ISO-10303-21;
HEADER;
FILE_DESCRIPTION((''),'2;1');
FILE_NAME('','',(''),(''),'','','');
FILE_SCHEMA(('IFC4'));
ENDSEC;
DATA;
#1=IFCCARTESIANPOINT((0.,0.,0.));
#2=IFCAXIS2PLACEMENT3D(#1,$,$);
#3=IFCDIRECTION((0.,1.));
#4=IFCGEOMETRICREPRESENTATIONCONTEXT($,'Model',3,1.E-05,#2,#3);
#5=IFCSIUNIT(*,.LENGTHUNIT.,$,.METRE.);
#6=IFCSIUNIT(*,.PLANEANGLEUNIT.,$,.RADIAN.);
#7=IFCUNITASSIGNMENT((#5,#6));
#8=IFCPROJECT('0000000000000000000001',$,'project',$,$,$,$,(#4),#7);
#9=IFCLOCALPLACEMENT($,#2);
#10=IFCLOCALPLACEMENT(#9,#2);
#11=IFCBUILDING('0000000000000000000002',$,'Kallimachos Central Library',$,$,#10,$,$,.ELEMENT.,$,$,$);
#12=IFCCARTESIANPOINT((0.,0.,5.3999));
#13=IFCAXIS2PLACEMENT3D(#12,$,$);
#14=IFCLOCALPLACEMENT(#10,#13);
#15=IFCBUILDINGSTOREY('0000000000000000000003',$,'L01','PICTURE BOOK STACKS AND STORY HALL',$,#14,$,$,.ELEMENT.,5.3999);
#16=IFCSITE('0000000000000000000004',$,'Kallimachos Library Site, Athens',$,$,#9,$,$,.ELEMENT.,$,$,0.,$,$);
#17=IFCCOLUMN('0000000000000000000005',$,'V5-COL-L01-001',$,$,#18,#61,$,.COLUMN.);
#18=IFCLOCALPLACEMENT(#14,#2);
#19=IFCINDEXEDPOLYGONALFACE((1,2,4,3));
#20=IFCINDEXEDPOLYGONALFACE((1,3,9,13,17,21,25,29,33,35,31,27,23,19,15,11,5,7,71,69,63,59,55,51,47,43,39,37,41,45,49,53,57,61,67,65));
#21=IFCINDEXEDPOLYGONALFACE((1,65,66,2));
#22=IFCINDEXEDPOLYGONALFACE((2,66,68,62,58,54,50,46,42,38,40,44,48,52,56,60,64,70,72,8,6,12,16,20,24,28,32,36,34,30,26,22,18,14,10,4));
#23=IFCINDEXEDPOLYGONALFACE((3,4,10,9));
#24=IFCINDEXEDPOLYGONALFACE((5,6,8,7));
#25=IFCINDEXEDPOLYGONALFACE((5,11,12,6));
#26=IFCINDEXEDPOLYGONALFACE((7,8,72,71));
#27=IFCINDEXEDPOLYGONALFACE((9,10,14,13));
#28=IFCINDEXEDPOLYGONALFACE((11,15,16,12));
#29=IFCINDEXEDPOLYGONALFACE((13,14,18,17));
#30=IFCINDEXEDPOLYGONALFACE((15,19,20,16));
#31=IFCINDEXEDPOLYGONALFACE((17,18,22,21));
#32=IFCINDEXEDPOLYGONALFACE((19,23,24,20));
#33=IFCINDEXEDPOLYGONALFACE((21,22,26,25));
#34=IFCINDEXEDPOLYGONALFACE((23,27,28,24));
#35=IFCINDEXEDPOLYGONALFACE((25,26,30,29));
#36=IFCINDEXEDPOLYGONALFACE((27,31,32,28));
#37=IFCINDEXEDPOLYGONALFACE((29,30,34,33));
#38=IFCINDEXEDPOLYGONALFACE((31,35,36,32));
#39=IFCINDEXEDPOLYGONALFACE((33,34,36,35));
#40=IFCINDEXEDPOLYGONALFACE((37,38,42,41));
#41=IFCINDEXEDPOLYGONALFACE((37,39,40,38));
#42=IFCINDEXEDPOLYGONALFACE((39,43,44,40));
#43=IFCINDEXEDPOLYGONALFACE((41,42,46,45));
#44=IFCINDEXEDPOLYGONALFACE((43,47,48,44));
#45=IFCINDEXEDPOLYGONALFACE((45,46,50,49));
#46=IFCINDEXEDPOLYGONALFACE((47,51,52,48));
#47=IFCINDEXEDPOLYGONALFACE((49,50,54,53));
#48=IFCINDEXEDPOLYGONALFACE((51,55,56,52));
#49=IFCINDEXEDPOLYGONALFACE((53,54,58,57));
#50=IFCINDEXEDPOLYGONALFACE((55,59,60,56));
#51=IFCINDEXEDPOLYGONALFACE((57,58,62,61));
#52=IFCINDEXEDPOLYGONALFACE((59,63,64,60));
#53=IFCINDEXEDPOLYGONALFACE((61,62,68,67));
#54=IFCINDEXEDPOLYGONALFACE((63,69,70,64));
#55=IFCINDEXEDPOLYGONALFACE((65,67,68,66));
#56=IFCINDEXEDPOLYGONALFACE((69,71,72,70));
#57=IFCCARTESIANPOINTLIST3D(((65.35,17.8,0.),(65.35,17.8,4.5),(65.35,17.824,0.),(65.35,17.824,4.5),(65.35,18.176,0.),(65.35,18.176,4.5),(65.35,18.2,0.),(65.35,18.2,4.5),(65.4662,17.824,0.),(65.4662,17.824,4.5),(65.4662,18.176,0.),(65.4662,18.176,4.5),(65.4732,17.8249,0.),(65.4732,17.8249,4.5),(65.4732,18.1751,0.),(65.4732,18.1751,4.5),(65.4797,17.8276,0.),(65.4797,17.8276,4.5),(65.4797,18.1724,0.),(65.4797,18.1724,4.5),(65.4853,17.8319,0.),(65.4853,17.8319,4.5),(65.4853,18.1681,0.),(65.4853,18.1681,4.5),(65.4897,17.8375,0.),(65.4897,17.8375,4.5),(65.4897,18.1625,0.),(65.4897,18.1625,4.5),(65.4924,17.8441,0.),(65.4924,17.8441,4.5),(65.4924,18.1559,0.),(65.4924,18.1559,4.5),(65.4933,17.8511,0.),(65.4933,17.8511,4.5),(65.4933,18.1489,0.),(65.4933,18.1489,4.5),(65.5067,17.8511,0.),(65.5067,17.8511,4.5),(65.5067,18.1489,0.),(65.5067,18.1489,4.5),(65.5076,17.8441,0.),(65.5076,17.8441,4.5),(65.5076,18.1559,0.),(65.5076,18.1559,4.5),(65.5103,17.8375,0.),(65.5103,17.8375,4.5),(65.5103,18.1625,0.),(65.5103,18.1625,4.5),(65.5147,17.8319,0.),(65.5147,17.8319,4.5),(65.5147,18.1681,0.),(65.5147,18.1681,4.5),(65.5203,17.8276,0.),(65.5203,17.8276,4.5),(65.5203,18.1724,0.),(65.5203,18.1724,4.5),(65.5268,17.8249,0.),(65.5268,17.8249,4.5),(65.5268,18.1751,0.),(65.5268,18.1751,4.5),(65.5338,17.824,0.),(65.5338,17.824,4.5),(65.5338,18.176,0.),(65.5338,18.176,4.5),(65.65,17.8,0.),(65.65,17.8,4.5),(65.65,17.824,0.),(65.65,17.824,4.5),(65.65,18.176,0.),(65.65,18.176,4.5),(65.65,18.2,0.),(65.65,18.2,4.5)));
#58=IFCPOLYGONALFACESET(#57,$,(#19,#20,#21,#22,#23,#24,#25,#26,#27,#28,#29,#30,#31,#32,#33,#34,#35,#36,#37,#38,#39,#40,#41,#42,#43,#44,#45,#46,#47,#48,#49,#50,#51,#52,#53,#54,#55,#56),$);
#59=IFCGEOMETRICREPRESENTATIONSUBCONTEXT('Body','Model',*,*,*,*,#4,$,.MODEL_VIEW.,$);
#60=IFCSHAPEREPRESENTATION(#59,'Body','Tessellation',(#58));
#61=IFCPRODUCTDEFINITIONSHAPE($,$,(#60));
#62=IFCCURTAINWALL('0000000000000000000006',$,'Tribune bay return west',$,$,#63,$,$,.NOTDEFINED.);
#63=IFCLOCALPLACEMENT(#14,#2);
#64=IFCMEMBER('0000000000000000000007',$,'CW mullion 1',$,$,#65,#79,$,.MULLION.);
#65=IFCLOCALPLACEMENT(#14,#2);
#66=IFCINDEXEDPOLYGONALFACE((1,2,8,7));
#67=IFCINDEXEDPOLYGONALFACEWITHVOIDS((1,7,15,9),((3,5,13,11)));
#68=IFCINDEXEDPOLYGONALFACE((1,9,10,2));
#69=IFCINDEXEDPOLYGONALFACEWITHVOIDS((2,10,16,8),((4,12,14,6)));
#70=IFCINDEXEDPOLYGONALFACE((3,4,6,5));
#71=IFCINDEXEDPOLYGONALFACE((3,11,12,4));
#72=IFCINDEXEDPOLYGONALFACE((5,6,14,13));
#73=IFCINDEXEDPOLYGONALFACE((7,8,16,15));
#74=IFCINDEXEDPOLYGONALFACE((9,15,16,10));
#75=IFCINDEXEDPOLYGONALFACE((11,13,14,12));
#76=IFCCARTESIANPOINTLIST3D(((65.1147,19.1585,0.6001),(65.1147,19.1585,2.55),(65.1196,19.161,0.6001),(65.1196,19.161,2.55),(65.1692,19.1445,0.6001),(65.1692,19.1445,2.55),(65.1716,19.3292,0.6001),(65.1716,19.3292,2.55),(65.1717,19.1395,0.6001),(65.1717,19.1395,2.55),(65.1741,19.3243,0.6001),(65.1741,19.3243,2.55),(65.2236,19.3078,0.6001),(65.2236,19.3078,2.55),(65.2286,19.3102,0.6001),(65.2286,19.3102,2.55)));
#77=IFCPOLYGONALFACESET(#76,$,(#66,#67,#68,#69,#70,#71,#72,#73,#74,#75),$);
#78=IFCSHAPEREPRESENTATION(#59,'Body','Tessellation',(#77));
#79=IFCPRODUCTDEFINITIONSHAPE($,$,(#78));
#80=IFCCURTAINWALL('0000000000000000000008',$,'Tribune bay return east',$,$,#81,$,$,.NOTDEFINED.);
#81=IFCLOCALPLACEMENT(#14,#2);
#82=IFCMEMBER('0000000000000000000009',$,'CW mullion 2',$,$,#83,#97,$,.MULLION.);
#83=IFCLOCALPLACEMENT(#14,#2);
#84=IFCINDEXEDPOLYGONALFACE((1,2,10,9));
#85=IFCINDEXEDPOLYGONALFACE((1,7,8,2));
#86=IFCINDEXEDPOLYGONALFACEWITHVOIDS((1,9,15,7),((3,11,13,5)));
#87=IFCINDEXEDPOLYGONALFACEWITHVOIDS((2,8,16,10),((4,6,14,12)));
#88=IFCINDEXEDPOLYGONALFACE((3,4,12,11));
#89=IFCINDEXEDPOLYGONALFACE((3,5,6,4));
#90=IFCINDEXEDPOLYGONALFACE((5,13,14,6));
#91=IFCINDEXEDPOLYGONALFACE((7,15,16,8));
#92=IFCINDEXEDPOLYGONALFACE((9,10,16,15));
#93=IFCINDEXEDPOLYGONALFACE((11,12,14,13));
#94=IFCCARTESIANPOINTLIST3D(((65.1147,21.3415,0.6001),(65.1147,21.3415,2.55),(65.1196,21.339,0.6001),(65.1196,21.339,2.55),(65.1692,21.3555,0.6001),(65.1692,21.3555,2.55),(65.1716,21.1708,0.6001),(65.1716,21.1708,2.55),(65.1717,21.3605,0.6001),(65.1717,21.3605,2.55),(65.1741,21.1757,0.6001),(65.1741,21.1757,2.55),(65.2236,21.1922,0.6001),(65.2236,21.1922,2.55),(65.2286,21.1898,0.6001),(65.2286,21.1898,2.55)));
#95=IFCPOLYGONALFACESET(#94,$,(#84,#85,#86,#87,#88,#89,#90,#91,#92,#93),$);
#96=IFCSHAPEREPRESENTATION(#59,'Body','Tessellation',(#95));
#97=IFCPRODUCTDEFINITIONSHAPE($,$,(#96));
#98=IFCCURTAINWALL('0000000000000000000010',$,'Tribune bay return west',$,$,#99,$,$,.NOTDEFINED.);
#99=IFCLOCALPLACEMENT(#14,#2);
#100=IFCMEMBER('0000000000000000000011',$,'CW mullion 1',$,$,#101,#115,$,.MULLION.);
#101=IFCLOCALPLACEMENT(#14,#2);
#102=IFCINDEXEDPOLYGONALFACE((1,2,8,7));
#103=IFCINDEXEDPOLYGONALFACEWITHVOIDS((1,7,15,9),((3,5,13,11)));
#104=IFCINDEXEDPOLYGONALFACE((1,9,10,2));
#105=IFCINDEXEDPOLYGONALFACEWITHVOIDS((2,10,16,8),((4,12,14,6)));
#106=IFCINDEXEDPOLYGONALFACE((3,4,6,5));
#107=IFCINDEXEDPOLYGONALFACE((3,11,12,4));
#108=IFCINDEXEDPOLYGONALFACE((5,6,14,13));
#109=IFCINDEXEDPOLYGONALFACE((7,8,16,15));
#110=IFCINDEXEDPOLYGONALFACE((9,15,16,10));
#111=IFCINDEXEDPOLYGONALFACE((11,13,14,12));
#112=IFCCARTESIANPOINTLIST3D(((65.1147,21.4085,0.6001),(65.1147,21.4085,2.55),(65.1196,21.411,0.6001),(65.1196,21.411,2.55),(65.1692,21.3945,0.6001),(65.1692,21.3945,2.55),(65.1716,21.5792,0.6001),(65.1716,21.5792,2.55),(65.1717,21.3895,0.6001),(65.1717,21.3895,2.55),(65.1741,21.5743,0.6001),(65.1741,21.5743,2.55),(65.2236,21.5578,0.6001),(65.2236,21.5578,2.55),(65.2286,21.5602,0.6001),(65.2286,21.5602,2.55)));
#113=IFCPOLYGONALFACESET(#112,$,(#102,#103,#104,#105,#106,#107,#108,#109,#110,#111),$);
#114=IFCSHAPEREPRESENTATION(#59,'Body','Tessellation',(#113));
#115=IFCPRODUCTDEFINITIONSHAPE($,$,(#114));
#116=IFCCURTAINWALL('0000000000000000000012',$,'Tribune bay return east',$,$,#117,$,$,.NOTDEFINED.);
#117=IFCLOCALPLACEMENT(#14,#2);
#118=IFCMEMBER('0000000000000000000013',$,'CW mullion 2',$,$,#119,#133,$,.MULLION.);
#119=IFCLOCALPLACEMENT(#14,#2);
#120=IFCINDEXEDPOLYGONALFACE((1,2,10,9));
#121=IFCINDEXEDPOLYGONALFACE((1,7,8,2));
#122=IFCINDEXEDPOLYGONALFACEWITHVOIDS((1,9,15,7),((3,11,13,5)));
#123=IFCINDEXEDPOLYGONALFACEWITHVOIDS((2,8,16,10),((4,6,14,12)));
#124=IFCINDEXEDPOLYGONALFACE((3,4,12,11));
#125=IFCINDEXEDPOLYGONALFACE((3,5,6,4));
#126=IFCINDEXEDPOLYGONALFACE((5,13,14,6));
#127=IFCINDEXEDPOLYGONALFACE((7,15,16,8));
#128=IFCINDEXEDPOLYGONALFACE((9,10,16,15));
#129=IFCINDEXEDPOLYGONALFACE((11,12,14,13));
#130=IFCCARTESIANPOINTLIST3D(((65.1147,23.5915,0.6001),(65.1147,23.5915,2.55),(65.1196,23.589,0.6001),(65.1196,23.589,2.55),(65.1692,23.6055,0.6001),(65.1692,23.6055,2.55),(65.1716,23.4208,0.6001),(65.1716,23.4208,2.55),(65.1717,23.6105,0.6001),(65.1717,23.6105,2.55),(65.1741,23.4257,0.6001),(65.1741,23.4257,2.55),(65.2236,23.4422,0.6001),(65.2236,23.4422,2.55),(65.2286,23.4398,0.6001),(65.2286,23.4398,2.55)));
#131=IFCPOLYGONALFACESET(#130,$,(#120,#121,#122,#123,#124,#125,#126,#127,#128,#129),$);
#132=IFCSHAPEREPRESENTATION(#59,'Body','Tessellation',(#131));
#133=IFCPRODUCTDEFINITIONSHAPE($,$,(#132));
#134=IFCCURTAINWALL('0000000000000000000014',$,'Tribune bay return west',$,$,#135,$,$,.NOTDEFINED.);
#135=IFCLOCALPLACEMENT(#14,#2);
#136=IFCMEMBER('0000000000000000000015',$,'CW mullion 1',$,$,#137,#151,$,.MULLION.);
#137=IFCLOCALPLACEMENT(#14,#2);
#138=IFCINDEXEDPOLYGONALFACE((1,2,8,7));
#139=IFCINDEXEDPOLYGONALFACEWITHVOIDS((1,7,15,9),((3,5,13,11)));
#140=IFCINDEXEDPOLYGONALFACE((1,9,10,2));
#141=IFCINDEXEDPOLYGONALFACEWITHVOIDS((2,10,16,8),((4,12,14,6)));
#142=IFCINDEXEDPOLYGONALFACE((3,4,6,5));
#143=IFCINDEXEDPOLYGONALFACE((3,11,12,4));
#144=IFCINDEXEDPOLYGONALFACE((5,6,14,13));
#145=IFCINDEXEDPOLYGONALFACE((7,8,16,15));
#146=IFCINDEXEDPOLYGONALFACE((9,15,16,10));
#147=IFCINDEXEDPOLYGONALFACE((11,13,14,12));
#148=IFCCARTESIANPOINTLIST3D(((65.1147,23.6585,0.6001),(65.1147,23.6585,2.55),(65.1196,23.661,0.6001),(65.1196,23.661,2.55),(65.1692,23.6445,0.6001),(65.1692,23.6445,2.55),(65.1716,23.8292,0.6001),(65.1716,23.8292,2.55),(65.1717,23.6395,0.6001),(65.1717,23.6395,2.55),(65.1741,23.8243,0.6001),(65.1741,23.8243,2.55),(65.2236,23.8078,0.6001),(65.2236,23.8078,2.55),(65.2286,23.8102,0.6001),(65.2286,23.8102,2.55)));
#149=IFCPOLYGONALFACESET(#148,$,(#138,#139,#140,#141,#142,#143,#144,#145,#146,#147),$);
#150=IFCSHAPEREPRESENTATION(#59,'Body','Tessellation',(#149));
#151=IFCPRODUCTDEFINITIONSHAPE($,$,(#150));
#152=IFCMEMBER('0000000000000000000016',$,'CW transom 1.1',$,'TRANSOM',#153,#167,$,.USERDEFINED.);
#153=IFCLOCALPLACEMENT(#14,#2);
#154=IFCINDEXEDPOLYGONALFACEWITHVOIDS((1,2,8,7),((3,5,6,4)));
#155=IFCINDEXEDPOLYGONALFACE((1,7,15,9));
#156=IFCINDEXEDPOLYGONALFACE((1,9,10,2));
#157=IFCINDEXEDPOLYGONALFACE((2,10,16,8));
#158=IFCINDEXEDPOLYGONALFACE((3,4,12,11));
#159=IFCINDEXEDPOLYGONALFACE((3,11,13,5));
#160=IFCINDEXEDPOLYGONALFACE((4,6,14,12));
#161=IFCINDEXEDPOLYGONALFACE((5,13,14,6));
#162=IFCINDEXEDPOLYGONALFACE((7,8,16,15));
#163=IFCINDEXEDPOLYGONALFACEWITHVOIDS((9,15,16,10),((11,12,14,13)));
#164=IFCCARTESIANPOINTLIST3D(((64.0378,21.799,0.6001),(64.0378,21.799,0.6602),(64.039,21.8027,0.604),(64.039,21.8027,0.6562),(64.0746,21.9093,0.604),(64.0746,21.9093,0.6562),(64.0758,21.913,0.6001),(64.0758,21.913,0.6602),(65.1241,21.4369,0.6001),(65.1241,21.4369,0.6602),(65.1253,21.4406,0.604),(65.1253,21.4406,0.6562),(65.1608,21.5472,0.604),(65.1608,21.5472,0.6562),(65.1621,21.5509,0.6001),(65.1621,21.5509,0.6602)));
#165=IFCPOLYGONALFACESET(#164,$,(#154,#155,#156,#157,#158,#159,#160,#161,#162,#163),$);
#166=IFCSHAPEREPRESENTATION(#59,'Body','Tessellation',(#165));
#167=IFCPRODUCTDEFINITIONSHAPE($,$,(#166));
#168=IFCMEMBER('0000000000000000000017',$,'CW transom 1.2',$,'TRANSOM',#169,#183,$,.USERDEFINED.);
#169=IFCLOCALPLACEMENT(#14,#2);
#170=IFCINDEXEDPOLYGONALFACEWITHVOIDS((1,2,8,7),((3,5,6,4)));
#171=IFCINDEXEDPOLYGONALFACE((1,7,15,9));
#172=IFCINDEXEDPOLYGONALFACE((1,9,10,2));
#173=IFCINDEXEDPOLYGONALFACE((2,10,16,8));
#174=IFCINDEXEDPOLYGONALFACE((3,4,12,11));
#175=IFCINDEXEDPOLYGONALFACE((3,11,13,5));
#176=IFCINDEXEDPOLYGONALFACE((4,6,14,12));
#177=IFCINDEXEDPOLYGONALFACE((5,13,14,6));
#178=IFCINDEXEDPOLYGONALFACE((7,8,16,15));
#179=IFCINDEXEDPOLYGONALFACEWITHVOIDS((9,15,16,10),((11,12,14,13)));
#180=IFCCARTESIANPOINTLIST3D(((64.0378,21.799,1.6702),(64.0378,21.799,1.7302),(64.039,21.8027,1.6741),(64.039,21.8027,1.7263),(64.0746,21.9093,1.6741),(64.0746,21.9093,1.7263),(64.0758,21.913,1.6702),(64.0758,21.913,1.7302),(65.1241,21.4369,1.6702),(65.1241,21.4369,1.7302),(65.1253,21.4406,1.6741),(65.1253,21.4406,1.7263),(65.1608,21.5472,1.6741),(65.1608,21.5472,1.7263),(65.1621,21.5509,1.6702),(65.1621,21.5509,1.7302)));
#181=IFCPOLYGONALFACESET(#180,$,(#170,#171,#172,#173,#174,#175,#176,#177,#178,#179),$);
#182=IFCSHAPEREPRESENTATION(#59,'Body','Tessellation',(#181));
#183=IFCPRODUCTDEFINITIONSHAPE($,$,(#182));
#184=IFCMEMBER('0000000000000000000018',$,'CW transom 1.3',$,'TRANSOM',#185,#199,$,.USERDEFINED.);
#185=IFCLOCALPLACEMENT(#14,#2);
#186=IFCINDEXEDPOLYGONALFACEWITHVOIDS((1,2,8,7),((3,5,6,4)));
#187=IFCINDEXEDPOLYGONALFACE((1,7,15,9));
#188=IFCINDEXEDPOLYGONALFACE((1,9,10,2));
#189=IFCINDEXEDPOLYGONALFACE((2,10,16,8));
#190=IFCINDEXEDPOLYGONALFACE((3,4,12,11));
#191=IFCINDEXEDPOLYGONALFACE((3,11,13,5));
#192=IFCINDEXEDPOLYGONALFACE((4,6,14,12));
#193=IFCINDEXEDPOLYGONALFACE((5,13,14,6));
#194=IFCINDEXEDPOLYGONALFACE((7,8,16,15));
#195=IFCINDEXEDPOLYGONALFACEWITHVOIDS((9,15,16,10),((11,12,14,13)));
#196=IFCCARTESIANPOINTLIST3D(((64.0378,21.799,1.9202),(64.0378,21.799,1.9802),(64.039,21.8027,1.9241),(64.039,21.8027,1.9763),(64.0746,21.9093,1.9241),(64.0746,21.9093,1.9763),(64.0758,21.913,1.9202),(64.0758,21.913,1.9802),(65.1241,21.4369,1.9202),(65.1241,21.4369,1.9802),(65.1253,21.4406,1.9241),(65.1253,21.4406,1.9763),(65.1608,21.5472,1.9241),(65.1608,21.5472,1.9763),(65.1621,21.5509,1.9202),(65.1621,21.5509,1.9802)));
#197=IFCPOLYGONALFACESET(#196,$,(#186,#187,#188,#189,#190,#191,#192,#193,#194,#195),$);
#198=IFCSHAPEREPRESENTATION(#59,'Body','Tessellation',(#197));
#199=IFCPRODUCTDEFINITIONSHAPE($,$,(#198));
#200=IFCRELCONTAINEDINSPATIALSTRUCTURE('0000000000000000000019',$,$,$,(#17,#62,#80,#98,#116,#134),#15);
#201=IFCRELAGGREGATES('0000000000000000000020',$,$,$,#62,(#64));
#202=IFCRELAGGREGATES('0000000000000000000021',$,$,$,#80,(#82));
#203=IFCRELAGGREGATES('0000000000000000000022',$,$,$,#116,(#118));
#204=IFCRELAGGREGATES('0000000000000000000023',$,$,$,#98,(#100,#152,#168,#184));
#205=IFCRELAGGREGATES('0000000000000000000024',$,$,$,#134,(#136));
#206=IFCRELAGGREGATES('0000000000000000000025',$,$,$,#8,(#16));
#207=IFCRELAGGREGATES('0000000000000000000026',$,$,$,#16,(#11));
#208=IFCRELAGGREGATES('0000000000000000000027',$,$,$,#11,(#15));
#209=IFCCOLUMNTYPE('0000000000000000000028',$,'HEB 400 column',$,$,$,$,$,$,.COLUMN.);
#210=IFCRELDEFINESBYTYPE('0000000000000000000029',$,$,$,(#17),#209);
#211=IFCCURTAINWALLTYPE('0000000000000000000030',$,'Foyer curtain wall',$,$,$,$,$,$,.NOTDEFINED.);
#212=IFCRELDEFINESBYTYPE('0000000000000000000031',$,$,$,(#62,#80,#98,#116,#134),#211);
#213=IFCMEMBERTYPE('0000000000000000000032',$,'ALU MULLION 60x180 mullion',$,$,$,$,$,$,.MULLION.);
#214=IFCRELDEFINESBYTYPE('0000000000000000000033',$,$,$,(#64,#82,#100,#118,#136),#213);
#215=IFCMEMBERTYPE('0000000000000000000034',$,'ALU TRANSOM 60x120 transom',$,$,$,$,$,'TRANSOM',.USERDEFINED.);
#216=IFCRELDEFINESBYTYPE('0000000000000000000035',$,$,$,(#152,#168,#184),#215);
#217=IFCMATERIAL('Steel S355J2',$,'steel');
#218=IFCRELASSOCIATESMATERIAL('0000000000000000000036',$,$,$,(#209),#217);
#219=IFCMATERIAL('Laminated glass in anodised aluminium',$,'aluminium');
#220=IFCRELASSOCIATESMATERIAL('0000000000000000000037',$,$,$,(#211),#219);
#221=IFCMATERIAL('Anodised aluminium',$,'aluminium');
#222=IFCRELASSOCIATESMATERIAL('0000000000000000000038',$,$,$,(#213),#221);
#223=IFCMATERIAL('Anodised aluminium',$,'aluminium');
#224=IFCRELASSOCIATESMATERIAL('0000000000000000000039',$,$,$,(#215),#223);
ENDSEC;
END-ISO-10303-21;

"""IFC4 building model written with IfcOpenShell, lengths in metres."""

from ifc_helpers import new_model, si_unit, direction, frame, origin, origin_2d, place, context, subcontext, project, spatial, hollow_rectangle, i_section, extrude, material, material_profile, profile_set, type_object, element, aggregate, save


model = new_model("IFC4")

# Units and contexts
model_context = context("Model", 3, precision=1e-05, world=origin(), true_north=direction((0.0, 1.0)))
body_context = subcontext(model_context, "Body", "Model", "MODEL_VIEW")
ifc_project = project(units=[si_unit("LENGTHUNIT", "METRE"), si_unit("PLANEANGLEUNIT", "RADIAN")], contexts=[model_context])

# Site, building, storey
site_placement = place(None, origin())
site = spatial("IfcSite", under=ifc_project, at=site_placement, Name="Kallimachos Library Site, Athens", CompositionType="ELEMENT", RefElevation=0.0)
building_placement = place(site_placement, origin())
building = spatial("IfcBuilding", under=site, at=building_placement, Name="Kallimachos Central Library", CompositionType="ELEMENT")
storey_placement = place(building_placement, frame((0.0, 0.0, 5.3999)))
storey = spatial("IfcBuildingStorey", under=building, at=storey_placement, Name="L01", Description="PICTURE BOOK STACKS AND STORY HALL", CompositionType="ELEMENT", Elevation=5.3999)

# Column
ifc_material_1 = material(Name="Steel S355J2", Category="steel")
ifc_material_profile_1 = material_profile(ifc_material_1, i_section(OverallWidth=0.3, OverallDepth=0.3999, WebThickness=0.0134, FlangeThickness=0.0239, FilletRadius=0.0271, at=origin_2d()), Name="HEB 400")
ifc_profile_set_1 = profile_set([ifc_material_profile_1], Name="Steel S355J2")
column_type = type_object("IfcColumnType", Name="HEB 400 column", PredefinedType="COLUMN", material=ifc_profile_set_1)
column_placement = place(storey_placement, frame((65.5, 18.0, 0.0), z_axis=(0.0, 0.0, 1.0), x_axis=(1.0, 0.0, 0.0)))
element("IfcColumn", 1, at=column_placement, inside=storey, type_object=column_type, Name="V5-COL-L01-001", PredefinedType="COLUMN", context=body_context, shape_type="SweptSolid", body=[
    extrude(i_section(OverallWidth=0.3, OverallDepth=0.3999, WebThickness=0.0134, FlangeThickness=0.0239, FilletRadius=0.0271, at=origin_2d()), origin(), (0.0, 0.0, 1.0), 4.5),
])

# Curtain walls, members
ifc_material_2 = material(Name="Laminated glass in anodised aluminium", Category="aluminium")
curtain_wall_type = type_object("IfcCurtainWallType", Name="Foyer curtain wall", PredefinedType="NOTDEFINED", material=ifc_material_2)
curtain_wall_1_placement = place(storey_placement, origin())
curtain_wall_1 = element("IfcCurtainWall", 2, at=curtain_wall_1_placement, inside=storey, type_object=curtain_wall_type, Name="Tribune bay return west", PredefinedType="NOTDEFINED")
ifc_material_3 = material(Name="Anodised aluminium", Category="aluminium")
ifc_material_profile_2 = material_profile(ifc_material_3, hollow_rectangle(XDim=0.0601, YDim=0.1799, WallThickness=0.0039, at=origin_2d()), Name="ALU MULLION 60x180")
ifc_profile_set_2 = profile_set([ifc_material_profile_2], Name="Anodised aluminium")
member_type_1 = type_object("IfcMemberType", Name="ALU MULLION 60x180 mullion", PredefinedType="MULLION", material=ifc_profile_set_2)
member_1_placement = place(storey_placement, frame((65.1716, 19.2344, 0.6001), z_axis=(0.0, 0.0, 1.0), x_axis=(-0.948683, 0.316228, 0.0)))
member_1 = element("IfcMember", 3, at=member_1_placement, type_object=member_type_1, Name="CW mullion 1", PredefinedType="MULLION", context=body_context, shape_type="SweptSolid", body=[
    extrude(hollow_rectangle(XDim=0.0601, YDim=0.1799, WallThickness=0.0039, at=origin_2d()), origin(), (0.0, 0.0, 1.0), 1.95),
])
aggregate(curtain_wall_1, [member_1])
curtain_wall_2_placement = place(storey_placement, origin())
curtain_wall_2 = element("IfcCurtainWall", 4, at=curtain_wall_2_placement, inside=storey, type_object=curtain_wall_type, Name="Tribune bay return east", PredefinedType="NOTDEFINED")
member_2_placement = place(storey_placement, frame((65.1716, 21.2656, 0.6001), z_axis=(0.0, 0.0, 1.0), x_axis=(0.948683, 0.316228, 0.0)))
member_2 = element("IfcMember", 5, at=member_2_placement, type_object=member_type_1, Name="CW mullion 2", PredefinedType="MULLION", context=body_context, shape_type="SweptSolid", body=[
    extrude(hollow_rectangle(XDim=0.0601, YDim=0.1799, WallThickness=0.0039, at=origin_2d()), origin(), (0.0, 0.0, 1.0), 1.95),
])
aggregate(curtain_wall_2, [member_2])
curtain_wall_3_placement = place(storey_placement, origin())
curtain_wall_3 = element("IfcCurtainWall", 6, at=curtain_wall_3_placement, inside=storey, type_object=curtain_wall_type, Name="Tribune bay return west", PredefinedType="NOTDEFINED")
member_3_placement = place(storey_placement, frame((65.1716, 21.4844, 0.6001), z_axis=(0.0, 0.0, 1.0), x_axis=(-0.948683, 0.316228, 0.0)))
member_3 = element("IfcMember", 7, at=member_3_placement, type_object=member_type_1, Name="CW mullion 1", PredefinedType="MULLION", context=body_context, shape_type="SweptSolid", body=[
    extrude(hollow_rectangle(XDim=0.0601, YDim=0.1799, WallThickness=0.0039, at=origin_2d()), origin(), (0.0, 0.0, 1.0), 1.95),
])
curtain_wall_4_placement = place(storey_placement, origin())
curtain_wall_4 = element("IfcCurtainWall", 8, at=curtain_wall_4_placement, inside=storey, type_object=curtain_wall_type, Name="Tribune bay return east", PredefinedType="NOTDEFINED")
member_4_placement = place(storey_placement, frame((65.1716, 23.5156, 0.6001), z_axis=(0.0, 0.0, 1.0), x_axis=(0.948683, 0.316228, 0.0)))
member_4 = element("IfcMember", 9, at=member_4_placement, type_object=member_type_1, Name="CW mullion 2", PredefinedType="MULLION", context=body_context, shape_type="SweptSolid", body=[
    extrude(hollow_rectangle(XDim=0.0601, YDim=0.1799, WallThickness=0.0039, at=origin_2d()), origin(), (0.0, 0.0, 1.0), 1.95),
])
aggregate(curtain_wall_4, [member_4])
curtain_wall_5_placement = place(storey_placement, origin())
curtain_wall_5 = element("IfcCurtainWall", 10, at=curtain_wall_5_placement, inside=storey, type_object=curtain_wall_type, Name="Tribune bay return west", PredefinedType="NOTDEFINED")
member_5_placement = place(storey_placement, frame((65.1716, 23.7344, 0.6001), z_axis=(0.0, 0.0, 1.0), x_axis=(-0.948683, 0.316228, 0.0)))
member_5 = element("IfcMember", 11, at=member_5_placement, type_object=member_type_1, Name="CW mullion 1", PredefinedType="MULLION", context=body_context, shape_type="SweptSolid", body=[
    extrude(hollow_rectangle(XDim=0.0601, YDim=0.1799, WallThickness=0.0039, at=origin_2d()), origin(), (0.0, 0.0, 1.0), 1.95),
])

# Members
ifc_material_4 = material(Name="Anodised aluminium", Category="aluminium")
ifc_material_profile_3 = material_profile(ifc_material_4, hollow_rectangle(XDim=0.0601, YDim=0.1201, WallThickness=0.0039, at=origin_2d()), Name="ALU TRANSOM 60x120")
ifc_profile_set_3 = profile_set([ifc_material_profile_3], Name="Anodised aluminium")
member_type_2 = type_object("IfcMemberType", Name="ALU TRANSOM 60x120 transom", ElementType="TRANSOM", PredefinedType="USERDEFINED", material=ifc_profile_set_3)
member_6_placement = place(storey_placement, frame((65.1431, 21.4939, 0.6301), z_axis=(-0.948683, 0.316228, 0.0), x_axis=(0.0, 0.0, 1.0)))
member_6 = element("IfcMember", 12, at=member_6_placement, type_object=member_type_2, Name="CW transom 1.1", ObjectType="TRANSOM", PredefinedType="USERDEFINED", context=body_context, shape_type="SweptSolid", body=[
    extrude(hollow_rectangle(XDim=0.0601, YDim=0.1201, WallThickness=0.0039, at=origin_2d()), origin(), (0.0, 0.0, 1.0), 1.145),
])
member_7_placement = place(storey_placement, frame((65.1431, 21.4939, 1.7002), z_axis=(-0.948683, 0.316228, 0.0), x_axis=(0.0, 0.0, 1.0)))
member_7 = element("IfcMember", 13, at=member_7_placement, type_object=member_type_2, Name="CW transom 1.2", ObjectType="TRANSOM", PredefinedType="USERDEFINED", context=body_context, shape_type="SweptSolid", body=[
    extrude(hollow_rectangle(XDim=0.0601, YDim=0.1201, WallThickness=0.0039, at=origin_2d()), origin(), (0.0, 0.0, 1.0), 1.145),
])
member_8_placement = place(storey_placement, frame((65.1431, 21.4939, 1.9502), z_axis=(-0.948683, 0.316228, 0.0), x_axis=(0.0, 0.0, 1.0)))
member_8 = element("IfcMember", 14, at=member_8_placement, type_object=member_type_2, Name="CW transom 1.3", ObjectType="TRANSOM", PredefinedType="USERDEFINED", context=body_context, shape_type="SweptSolid", body=[
    extrude(hollow_rectangle(XDim=0.0601, YDim=0.1201, WallThickness=0.0039, at=origin_2d()), origin(), (0.0, 0.0, 1.0), 1.145),
])
aggregate(curtain_wall_3, [member_3, member_6, member_7, member_8])
aggregate(curtain_wall_5, [member_5])

save(model, "model.ifc")
